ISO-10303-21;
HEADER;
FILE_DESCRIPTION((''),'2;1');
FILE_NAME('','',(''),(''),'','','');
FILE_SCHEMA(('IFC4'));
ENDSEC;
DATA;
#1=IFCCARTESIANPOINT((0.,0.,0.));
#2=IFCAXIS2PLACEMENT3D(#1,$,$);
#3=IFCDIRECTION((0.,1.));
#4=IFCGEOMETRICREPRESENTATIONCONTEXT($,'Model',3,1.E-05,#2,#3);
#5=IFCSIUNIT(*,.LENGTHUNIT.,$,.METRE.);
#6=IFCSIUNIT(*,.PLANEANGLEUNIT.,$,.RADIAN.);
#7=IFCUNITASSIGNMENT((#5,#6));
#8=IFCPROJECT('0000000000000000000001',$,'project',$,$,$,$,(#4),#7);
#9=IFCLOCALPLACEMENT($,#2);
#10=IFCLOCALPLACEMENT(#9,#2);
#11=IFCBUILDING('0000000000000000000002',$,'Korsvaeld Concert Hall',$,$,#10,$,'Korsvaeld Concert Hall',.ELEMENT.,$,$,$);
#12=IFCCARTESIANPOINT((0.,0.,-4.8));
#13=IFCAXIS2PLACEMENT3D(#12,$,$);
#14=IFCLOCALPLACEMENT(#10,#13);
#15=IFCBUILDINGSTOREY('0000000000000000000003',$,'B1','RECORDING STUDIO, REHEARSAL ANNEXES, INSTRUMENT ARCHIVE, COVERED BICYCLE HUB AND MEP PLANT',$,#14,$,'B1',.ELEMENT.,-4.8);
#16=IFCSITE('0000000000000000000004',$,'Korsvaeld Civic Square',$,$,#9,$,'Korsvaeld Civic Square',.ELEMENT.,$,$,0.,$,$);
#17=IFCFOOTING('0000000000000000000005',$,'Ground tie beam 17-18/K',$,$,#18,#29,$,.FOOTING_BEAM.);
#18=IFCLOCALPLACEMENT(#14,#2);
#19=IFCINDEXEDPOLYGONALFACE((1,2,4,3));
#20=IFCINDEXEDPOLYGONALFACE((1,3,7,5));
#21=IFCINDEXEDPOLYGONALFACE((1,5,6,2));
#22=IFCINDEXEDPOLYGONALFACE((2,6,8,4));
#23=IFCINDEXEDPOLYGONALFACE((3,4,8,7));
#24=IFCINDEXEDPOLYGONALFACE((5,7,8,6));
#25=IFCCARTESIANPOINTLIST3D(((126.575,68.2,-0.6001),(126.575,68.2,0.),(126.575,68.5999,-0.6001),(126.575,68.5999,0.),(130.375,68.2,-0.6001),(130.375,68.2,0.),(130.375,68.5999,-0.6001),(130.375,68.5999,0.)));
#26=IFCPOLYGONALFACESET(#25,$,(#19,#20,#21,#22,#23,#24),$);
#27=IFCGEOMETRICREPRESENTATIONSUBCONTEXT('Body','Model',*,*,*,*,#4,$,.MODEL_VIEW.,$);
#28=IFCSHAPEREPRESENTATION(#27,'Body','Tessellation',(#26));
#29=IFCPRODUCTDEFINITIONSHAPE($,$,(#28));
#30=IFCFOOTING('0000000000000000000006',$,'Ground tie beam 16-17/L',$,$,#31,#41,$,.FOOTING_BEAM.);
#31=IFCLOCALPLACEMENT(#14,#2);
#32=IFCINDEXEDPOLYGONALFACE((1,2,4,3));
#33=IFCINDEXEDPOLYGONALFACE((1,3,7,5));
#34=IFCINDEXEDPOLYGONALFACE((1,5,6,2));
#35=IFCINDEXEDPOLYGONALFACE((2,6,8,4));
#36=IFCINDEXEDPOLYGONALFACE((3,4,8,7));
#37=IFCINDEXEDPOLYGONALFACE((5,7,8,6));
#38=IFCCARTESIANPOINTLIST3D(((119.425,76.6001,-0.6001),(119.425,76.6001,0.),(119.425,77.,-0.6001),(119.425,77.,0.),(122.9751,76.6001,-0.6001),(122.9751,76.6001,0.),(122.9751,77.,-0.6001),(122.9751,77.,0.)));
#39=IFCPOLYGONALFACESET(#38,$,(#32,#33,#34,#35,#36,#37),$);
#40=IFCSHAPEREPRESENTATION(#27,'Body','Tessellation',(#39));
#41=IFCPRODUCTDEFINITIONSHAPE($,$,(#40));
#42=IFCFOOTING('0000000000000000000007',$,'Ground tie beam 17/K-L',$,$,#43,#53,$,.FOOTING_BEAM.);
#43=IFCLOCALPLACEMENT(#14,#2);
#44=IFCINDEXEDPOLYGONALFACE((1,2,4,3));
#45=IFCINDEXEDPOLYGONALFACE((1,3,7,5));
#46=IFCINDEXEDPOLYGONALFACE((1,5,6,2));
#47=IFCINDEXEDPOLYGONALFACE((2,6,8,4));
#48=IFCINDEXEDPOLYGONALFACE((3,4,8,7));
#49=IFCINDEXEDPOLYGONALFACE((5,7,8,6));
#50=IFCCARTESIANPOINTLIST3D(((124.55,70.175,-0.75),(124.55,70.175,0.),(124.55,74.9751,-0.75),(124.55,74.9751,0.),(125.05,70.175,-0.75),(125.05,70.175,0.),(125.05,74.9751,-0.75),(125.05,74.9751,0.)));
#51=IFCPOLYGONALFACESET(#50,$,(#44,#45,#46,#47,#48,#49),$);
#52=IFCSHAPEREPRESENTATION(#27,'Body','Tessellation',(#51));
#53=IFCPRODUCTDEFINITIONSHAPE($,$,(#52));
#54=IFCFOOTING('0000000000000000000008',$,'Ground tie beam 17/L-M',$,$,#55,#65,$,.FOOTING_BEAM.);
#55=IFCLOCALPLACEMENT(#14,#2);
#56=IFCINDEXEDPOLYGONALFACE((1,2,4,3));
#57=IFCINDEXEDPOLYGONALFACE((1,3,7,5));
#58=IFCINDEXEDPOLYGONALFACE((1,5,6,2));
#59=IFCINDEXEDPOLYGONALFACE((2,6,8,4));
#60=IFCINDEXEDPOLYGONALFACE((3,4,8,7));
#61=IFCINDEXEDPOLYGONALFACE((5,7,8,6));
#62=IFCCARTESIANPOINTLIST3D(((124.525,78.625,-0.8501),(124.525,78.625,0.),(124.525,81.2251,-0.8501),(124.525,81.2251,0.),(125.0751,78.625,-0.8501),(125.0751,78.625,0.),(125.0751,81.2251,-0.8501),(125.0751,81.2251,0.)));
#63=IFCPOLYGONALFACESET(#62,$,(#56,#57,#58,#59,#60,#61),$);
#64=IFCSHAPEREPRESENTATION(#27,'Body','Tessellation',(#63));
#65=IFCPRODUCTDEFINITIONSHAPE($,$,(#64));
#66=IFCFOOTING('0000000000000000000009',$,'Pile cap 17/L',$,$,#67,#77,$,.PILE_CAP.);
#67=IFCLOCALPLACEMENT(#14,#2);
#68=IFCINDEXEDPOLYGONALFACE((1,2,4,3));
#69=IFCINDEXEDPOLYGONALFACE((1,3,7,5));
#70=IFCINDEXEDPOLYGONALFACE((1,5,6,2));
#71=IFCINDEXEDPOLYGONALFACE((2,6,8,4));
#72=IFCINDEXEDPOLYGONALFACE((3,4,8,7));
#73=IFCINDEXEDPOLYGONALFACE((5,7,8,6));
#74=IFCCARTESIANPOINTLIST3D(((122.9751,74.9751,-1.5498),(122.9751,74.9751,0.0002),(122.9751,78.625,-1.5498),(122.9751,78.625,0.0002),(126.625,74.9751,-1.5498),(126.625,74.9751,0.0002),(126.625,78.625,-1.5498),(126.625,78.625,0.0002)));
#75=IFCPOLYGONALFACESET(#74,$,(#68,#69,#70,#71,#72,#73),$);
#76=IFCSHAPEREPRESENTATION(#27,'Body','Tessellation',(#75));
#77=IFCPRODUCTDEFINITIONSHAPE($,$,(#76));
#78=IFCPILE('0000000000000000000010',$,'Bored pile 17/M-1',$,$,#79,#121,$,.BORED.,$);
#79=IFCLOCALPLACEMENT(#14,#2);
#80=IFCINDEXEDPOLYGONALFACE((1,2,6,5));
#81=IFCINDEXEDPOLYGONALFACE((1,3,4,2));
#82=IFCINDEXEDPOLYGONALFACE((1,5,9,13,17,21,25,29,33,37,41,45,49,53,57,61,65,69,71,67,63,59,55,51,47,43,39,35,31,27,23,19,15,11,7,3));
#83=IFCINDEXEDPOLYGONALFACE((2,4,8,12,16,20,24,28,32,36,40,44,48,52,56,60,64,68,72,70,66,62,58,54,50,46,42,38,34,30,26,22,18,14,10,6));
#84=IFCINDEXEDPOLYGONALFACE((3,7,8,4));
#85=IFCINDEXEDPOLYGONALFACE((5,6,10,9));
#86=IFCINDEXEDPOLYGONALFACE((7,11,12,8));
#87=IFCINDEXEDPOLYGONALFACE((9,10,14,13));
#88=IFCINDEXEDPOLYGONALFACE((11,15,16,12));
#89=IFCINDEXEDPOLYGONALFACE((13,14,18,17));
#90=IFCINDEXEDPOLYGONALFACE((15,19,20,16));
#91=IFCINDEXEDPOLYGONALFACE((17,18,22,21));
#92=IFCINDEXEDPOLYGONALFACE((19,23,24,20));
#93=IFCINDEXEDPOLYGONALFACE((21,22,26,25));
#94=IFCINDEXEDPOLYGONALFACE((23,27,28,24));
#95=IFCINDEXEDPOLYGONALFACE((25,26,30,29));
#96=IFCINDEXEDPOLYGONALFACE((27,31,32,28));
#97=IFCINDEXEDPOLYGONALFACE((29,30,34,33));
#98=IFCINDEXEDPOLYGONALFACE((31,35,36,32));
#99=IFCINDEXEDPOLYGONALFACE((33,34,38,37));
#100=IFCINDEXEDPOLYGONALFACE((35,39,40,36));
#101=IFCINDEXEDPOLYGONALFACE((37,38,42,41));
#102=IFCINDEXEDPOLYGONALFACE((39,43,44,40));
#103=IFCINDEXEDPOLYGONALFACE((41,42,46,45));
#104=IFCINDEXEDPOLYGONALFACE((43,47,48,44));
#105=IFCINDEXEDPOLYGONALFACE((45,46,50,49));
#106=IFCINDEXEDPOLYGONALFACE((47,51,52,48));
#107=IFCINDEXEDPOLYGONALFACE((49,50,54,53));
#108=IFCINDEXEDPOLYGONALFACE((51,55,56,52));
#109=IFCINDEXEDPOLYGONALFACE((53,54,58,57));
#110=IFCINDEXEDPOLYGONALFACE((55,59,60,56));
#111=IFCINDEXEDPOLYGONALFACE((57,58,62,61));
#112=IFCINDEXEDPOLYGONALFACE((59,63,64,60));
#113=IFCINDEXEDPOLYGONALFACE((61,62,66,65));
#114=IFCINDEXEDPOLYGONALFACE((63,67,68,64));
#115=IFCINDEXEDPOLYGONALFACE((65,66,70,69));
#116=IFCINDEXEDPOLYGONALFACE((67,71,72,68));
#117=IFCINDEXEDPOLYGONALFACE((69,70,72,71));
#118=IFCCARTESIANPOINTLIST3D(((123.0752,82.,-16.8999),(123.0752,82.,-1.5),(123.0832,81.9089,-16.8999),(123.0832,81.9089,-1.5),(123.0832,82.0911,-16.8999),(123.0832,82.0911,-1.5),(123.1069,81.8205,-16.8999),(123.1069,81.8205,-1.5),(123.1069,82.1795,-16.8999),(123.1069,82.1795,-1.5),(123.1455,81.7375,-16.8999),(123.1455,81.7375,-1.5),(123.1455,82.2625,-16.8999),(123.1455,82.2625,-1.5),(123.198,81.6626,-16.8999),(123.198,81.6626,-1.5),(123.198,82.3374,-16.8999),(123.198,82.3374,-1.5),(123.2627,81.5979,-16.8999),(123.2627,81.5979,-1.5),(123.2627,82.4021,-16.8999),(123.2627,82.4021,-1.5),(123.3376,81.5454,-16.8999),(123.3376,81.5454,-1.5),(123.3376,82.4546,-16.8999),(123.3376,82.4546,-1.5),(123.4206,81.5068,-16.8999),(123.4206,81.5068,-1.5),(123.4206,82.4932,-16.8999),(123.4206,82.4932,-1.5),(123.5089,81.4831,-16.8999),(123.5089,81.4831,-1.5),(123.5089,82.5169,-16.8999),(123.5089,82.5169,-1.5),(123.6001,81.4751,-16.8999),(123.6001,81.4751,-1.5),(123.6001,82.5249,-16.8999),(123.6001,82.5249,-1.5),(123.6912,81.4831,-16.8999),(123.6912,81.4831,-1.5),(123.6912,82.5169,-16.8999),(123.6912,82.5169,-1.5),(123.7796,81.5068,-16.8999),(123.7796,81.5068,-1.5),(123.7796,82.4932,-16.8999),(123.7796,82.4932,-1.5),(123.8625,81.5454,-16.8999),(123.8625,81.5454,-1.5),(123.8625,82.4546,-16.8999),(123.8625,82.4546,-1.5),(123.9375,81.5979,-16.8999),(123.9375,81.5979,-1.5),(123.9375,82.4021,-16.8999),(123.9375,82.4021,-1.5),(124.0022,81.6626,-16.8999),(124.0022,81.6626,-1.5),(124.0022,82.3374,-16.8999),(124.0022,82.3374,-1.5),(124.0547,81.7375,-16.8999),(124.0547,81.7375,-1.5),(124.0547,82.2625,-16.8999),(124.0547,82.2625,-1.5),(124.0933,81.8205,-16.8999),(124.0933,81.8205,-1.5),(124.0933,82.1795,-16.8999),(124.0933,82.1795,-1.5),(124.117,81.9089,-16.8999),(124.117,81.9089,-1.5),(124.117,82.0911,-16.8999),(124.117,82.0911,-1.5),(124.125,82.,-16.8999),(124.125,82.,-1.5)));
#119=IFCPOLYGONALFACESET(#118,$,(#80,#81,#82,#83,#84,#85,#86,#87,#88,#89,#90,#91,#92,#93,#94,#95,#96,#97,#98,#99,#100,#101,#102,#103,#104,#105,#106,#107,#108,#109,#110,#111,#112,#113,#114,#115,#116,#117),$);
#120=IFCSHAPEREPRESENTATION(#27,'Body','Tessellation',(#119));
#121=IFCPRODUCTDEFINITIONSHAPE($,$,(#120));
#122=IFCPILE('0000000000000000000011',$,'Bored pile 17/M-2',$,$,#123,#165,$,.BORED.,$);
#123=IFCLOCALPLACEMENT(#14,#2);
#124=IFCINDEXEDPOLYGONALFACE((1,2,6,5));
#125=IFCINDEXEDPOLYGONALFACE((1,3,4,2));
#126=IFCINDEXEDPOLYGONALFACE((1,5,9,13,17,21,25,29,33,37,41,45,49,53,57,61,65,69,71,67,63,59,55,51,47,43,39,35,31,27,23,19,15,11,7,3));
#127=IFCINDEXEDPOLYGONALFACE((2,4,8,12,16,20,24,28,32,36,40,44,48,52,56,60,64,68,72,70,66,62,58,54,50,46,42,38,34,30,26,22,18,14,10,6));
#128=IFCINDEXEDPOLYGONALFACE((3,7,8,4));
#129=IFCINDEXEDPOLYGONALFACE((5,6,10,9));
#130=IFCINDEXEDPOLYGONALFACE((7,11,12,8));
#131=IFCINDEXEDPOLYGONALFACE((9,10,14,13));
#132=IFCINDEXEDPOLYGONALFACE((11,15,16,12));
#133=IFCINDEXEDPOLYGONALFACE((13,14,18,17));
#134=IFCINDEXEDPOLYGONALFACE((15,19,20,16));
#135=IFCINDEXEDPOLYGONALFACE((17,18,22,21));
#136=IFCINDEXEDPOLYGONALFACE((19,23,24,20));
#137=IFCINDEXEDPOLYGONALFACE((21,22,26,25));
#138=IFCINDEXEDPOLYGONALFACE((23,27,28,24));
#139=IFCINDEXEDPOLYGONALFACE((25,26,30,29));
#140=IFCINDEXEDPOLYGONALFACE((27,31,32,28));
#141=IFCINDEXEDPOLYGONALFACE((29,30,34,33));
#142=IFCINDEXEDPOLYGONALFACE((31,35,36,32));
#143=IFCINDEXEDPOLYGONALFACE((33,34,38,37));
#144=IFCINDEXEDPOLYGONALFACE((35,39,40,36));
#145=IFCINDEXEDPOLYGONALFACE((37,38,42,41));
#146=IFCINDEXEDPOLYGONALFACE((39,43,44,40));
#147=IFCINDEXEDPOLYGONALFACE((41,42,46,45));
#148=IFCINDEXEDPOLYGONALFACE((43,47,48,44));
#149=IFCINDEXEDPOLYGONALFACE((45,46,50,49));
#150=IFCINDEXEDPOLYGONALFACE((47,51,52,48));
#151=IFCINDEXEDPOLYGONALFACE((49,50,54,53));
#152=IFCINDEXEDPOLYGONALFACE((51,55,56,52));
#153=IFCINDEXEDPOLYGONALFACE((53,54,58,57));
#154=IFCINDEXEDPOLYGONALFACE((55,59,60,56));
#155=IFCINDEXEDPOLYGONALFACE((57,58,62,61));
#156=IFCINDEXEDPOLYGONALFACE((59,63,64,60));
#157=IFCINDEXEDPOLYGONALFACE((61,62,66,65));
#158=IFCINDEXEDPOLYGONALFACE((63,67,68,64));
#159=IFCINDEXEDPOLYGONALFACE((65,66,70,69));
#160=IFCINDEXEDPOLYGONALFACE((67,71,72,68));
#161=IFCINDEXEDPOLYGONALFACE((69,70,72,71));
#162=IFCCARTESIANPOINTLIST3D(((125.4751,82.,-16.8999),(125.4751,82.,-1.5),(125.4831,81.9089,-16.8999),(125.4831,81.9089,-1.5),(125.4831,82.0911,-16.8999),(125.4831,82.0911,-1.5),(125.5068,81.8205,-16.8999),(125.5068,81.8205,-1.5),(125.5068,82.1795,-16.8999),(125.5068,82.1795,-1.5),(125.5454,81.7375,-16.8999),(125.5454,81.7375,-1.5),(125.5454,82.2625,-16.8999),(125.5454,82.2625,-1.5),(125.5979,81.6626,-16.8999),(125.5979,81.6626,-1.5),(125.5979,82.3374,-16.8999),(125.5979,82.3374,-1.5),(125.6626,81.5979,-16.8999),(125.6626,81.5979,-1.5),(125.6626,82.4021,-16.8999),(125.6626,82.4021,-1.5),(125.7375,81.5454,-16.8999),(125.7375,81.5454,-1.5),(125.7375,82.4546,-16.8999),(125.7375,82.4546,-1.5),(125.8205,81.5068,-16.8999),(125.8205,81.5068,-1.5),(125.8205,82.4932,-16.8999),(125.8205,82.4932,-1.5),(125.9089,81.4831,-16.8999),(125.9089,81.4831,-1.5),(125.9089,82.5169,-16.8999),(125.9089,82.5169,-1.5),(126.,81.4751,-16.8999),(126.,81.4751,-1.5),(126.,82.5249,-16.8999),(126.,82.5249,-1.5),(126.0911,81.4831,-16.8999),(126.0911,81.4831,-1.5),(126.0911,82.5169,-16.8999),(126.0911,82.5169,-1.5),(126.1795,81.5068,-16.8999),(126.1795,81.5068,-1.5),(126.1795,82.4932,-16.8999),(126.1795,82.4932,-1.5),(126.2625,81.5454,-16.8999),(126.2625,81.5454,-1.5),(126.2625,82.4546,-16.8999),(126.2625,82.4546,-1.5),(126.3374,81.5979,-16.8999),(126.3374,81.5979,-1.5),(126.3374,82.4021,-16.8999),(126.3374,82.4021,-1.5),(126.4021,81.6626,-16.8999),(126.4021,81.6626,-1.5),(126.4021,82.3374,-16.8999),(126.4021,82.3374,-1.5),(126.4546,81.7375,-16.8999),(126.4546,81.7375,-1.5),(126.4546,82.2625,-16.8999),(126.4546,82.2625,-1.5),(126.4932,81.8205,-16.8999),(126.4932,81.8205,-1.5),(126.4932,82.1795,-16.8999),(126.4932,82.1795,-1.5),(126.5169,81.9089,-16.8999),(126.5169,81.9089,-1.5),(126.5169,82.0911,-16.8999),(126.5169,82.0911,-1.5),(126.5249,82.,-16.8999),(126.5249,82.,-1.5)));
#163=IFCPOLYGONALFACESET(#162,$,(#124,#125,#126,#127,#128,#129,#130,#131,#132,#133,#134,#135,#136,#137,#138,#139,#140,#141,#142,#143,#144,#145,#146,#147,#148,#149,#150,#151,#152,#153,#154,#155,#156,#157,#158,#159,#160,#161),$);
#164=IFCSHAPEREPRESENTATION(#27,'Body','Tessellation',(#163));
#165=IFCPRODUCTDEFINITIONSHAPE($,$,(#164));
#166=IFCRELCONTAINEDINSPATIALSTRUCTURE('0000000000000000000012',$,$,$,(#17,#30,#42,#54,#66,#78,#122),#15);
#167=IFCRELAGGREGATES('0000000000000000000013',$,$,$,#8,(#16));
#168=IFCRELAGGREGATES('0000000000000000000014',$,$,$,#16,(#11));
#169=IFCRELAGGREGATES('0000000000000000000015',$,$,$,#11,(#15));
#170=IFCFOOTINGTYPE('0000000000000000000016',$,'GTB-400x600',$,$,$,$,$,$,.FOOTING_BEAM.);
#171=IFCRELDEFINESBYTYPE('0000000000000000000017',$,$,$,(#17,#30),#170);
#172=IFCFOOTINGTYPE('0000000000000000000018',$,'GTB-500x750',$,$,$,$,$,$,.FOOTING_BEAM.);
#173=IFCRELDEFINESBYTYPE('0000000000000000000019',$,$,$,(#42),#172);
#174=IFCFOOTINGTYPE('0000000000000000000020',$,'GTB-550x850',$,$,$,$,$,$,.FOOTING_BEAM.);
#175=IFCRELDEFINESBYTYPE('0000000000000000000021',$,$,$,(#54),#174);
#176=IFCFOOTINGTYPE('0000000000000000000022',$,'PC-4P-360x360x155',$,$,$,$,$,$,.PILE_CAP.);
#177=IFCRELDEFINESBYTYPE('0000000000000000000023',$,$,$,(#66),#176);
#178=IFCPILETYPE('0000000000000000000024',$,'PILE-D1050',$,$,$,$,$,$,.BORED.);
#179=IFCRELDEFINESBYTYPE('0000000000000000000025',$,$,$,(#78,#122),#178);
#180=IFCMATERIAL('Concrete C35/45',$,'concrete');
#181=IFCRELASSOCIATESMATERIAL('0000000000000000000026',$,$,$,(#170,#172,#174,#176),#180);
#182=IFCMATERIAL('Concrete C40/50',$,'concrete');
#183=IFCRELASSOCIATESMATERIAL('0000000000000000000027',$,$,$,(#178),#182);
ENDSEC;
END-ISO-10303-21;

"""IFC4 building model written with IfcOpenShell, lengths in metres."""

from ifc_helpers import new_model, si_unit, direction, frame, origin, origin_2d, place, context, subcontext, project, spatial, rectangle, circle, extrude, material, material_profile, profile_set, type_object, element, save


model = new_model("IFC4")

# Units and contexts
model_context = context("Model", 3, precision=1e-05, world=origin(), true_north=direction((0.0, 1.0)))
body_context = subcontext(model_context, "Body", "Model", "MODEL_VIEW")
ifc_project = project(units=[si_unit("LENGTHUNIT", "METRE"), si_unit("PLANEANGLEUNIT", "RADIAN")], contexts=[model_context])

# Site, building, storey
site_placement = place(None, origin())
site = spatial("IfcSite", under=ifc_project, at=site_placement, Name="Korsvaeld Civic Square", LongName="Korsvaeld Civic Square", CompositionType="ELEMENT", RefElevation=0.0)
building_placement = place(site_placement, origin())
building = spatial("IfcBuilding", under=site, at=building_placement, Name="Korsvaeld Concert Hall", LongName="Korsvaeld Concert Hall", CompositionType="ELEMENT")
storey_placement = place(building_placement, frame((0.0, 0.0, -4.8)))
storey = spatial("IfcBuildingStorey", under=building, at=storey_placement, Name="B1", Description="RECORDING STUDIO, REHEARSAL ANNEXES, INSTRUMENT ARCHIVE, COVERED BICYCLE HUB AND MEP PLANT", LongName="B1", CompositionType="ELEMENT", Elevation=-4.8)

# Footings
ifc_material_1 = material(Name="Concrete C35/45", Category="concrete")
ifc_material_profile_1 = material_profile(ifc_material_1, rectangle(XDim=0.3999, YDim=0.6001, at=origin_2d()), Name="GTB 400x600")
ifc_profile_set_1 = profile_set([ifc_material_profile_1], Name="Concrete C35/45")
footing_type_1 = type_object("IfcFootingType", Name="GTB-400x600", PredefinedType="FOOTING_BEAM", material=ifc_profile_set_1)
footing_1_placement = place(storey_placement, frame((126.575, 68.3999, -0.3), z_axis=(1.0, 0.0, 0.0), x_axis=(0.0, 1.0, 0.0)))
element("IfcFooting", 1, at=footing_1_placement, inside=storey, type_object=footing_type_1, Name="Ground tie beam 17-18/K", PredefinedType="FOOTING_BEAM", context=body_context, shape_type="SweptSolid", body=[
    extrude(rectangle(XDim=0.3999, YDim=0.6001, at=origin_2d()), origin(), (0.0, 0.0, 1.0), 3.8),
])
footing_2_placement = place(storey_placement, frame((119.425, 76.8, -0.3), z_axis=(1.0, 0.0, 0.0), x_axis=(0.0, 1.0, 0.0)))
element("IfcFooting", 2, at=footing_2_placement, inside=storey, type_object=footing_type_1, Name="Ground tie beam 16-17/L", PredefinedType="FOOTING_BEAM", context=body_context, shape_type="SweptSolid", body=[
    extrude(rectangle(XDim=0.3999, YDim=0.6001, at=origin_2d()), origin(), (0.0, 0.0, 1.0), 3.55),
])
ifc_material_profile_2 = material_profile(ifc_material_1, rectangle(XDim=0.5, YDim=0.75, at=origin_2d()), Name="GTB 500x750")
ifc_profile_set_2 = profile_set([ifc_material_profile_2], Name="Concrete C35/45")
footing_type_2 = type_object("IfcFootingType", Name="GTB-500x750", PredefinedType="FOOTING_BEAM", material=ifc_profile_set_2)
footing_3_placement = place(storey_placement, frame((124.8, 70.175, -0.375), z_axis=(0.0, 1.0, 0.0), x_axis=(-1.0, 0.0, 0.0)))
element("IfcFooting", 3, at=footing_3_placement, inside=storey, type_object=footing_type_2, Name="Ground tie beam 17/K-L", PredefinedType="FOOTING_BEAM", context=body_context, shape_type="SweptSolid", body=[
    extrude(rectangle(XDim=0.5, YDim=0.75, at=origin_2d()), origin(), (0.0, 0.0, 1.0), 4.8),
])
ifc_material_profile_3 = material_profile(ifc_material_1, rectangle(XDim=0.55, YDim=0.8501, at=origin_2d()), Name="GTB 550x850")
ifc_profile_set_3 = profile_set([ifc_material_profile_3], Name="Concrete C35/45")
footing_type_3 = type_object("IfcFootingType", Name="GTB-550x850", PredefinedType="FOOTING_BEAM", material=ifc_profile_set_3)
footing_4_placement = place(storey_placement, frame((124.8, 78.625, -0.425), z_axis=(0.0, 1.0, 0.0), x_axis=(-1.0, 0.0, 0.0)))
element("IfcFooting", 4, at=footing_4_placement, inside=storey, type_object=footing_type_3, Name="Ground tie beam 17/L-M", PredefinedType="FOOTING_BEAM", context=body_context, shape_type="SweptSolid", body=[
    extrude(rectangle(XDim=0.55, YDim=0.8501, at=origin_2d()), origin(), (0.0, 0.0, 1.0), 2.6001),
])
footing_type_4 = type_object("IfcFootingType", Name="PC-4P-360x360x155", PredefinedType="PILE_CAP", material=ifc_material_1)
footing_5_placement = place(storey_placement, frame((124.8, 76.8, -1.5498), z_axis=(0.0, 0.0, 1.0), x_axis=(1.0, 0.0, 0.0)))
element("IfcFooting", 5, at=footing_5_placement, inside=storey, type_object=footing_type_4, Name="Pile cap 17/L", PredefinedType="PILE_CAP", context=body_context, shape_type="SweptSolid", body=[
    extrude(rectangle(XDim=3.6499, YDim=3.6499, at=origin_2d()), origin(), (0.0, 0.0, 1.0), 1.55),
])

# Piles
ifc_material_2 = material(Name="Concrete C40/50", Category="concrete")
ifc_material_profile_4 = material_profile(ifc_material_2, circle(Radius=0.5249, at=origin_2d()), Name="BORED PILE D1050")
ifc_profile_set_4 = profile_set([ifc_material_profile_4], Name="Concrete C40/50")
pile_type_1 = type_object("IfcPileType", Name="PILE-D1050", PredefinedType="BORED", material=ifc_profile_set_4)
for number, where, z_axis, x_axis, name in (
    (6, (123.6001, 82.0, -1.5), (0.0, 0.0, -1.0), (1.0, 0.0, 0.0), "Bored pile 17/M-1"),
    (7, (126.0, 82.0, -1.5), (0.0, 0.0, -1.0), (1.0, 0.0, 0.0), "Bored pile 17/M-2"),
):
    element("IfcPile", number, at=place(storey_placement, frame(where, z_axis=z_axis, x_axis=x_axis)), inside=storey, type_object=pile_type_1, Name=name, PredefinedType="BORED", context=body_context, shape_type="SweptSolid", body=[
        extrude(circle(Radius=0.5249, at=origin_2d()), origin(), (0.0, 0.0, 1.0), 15.3999),
    ])

save(model, "model.ifc")
